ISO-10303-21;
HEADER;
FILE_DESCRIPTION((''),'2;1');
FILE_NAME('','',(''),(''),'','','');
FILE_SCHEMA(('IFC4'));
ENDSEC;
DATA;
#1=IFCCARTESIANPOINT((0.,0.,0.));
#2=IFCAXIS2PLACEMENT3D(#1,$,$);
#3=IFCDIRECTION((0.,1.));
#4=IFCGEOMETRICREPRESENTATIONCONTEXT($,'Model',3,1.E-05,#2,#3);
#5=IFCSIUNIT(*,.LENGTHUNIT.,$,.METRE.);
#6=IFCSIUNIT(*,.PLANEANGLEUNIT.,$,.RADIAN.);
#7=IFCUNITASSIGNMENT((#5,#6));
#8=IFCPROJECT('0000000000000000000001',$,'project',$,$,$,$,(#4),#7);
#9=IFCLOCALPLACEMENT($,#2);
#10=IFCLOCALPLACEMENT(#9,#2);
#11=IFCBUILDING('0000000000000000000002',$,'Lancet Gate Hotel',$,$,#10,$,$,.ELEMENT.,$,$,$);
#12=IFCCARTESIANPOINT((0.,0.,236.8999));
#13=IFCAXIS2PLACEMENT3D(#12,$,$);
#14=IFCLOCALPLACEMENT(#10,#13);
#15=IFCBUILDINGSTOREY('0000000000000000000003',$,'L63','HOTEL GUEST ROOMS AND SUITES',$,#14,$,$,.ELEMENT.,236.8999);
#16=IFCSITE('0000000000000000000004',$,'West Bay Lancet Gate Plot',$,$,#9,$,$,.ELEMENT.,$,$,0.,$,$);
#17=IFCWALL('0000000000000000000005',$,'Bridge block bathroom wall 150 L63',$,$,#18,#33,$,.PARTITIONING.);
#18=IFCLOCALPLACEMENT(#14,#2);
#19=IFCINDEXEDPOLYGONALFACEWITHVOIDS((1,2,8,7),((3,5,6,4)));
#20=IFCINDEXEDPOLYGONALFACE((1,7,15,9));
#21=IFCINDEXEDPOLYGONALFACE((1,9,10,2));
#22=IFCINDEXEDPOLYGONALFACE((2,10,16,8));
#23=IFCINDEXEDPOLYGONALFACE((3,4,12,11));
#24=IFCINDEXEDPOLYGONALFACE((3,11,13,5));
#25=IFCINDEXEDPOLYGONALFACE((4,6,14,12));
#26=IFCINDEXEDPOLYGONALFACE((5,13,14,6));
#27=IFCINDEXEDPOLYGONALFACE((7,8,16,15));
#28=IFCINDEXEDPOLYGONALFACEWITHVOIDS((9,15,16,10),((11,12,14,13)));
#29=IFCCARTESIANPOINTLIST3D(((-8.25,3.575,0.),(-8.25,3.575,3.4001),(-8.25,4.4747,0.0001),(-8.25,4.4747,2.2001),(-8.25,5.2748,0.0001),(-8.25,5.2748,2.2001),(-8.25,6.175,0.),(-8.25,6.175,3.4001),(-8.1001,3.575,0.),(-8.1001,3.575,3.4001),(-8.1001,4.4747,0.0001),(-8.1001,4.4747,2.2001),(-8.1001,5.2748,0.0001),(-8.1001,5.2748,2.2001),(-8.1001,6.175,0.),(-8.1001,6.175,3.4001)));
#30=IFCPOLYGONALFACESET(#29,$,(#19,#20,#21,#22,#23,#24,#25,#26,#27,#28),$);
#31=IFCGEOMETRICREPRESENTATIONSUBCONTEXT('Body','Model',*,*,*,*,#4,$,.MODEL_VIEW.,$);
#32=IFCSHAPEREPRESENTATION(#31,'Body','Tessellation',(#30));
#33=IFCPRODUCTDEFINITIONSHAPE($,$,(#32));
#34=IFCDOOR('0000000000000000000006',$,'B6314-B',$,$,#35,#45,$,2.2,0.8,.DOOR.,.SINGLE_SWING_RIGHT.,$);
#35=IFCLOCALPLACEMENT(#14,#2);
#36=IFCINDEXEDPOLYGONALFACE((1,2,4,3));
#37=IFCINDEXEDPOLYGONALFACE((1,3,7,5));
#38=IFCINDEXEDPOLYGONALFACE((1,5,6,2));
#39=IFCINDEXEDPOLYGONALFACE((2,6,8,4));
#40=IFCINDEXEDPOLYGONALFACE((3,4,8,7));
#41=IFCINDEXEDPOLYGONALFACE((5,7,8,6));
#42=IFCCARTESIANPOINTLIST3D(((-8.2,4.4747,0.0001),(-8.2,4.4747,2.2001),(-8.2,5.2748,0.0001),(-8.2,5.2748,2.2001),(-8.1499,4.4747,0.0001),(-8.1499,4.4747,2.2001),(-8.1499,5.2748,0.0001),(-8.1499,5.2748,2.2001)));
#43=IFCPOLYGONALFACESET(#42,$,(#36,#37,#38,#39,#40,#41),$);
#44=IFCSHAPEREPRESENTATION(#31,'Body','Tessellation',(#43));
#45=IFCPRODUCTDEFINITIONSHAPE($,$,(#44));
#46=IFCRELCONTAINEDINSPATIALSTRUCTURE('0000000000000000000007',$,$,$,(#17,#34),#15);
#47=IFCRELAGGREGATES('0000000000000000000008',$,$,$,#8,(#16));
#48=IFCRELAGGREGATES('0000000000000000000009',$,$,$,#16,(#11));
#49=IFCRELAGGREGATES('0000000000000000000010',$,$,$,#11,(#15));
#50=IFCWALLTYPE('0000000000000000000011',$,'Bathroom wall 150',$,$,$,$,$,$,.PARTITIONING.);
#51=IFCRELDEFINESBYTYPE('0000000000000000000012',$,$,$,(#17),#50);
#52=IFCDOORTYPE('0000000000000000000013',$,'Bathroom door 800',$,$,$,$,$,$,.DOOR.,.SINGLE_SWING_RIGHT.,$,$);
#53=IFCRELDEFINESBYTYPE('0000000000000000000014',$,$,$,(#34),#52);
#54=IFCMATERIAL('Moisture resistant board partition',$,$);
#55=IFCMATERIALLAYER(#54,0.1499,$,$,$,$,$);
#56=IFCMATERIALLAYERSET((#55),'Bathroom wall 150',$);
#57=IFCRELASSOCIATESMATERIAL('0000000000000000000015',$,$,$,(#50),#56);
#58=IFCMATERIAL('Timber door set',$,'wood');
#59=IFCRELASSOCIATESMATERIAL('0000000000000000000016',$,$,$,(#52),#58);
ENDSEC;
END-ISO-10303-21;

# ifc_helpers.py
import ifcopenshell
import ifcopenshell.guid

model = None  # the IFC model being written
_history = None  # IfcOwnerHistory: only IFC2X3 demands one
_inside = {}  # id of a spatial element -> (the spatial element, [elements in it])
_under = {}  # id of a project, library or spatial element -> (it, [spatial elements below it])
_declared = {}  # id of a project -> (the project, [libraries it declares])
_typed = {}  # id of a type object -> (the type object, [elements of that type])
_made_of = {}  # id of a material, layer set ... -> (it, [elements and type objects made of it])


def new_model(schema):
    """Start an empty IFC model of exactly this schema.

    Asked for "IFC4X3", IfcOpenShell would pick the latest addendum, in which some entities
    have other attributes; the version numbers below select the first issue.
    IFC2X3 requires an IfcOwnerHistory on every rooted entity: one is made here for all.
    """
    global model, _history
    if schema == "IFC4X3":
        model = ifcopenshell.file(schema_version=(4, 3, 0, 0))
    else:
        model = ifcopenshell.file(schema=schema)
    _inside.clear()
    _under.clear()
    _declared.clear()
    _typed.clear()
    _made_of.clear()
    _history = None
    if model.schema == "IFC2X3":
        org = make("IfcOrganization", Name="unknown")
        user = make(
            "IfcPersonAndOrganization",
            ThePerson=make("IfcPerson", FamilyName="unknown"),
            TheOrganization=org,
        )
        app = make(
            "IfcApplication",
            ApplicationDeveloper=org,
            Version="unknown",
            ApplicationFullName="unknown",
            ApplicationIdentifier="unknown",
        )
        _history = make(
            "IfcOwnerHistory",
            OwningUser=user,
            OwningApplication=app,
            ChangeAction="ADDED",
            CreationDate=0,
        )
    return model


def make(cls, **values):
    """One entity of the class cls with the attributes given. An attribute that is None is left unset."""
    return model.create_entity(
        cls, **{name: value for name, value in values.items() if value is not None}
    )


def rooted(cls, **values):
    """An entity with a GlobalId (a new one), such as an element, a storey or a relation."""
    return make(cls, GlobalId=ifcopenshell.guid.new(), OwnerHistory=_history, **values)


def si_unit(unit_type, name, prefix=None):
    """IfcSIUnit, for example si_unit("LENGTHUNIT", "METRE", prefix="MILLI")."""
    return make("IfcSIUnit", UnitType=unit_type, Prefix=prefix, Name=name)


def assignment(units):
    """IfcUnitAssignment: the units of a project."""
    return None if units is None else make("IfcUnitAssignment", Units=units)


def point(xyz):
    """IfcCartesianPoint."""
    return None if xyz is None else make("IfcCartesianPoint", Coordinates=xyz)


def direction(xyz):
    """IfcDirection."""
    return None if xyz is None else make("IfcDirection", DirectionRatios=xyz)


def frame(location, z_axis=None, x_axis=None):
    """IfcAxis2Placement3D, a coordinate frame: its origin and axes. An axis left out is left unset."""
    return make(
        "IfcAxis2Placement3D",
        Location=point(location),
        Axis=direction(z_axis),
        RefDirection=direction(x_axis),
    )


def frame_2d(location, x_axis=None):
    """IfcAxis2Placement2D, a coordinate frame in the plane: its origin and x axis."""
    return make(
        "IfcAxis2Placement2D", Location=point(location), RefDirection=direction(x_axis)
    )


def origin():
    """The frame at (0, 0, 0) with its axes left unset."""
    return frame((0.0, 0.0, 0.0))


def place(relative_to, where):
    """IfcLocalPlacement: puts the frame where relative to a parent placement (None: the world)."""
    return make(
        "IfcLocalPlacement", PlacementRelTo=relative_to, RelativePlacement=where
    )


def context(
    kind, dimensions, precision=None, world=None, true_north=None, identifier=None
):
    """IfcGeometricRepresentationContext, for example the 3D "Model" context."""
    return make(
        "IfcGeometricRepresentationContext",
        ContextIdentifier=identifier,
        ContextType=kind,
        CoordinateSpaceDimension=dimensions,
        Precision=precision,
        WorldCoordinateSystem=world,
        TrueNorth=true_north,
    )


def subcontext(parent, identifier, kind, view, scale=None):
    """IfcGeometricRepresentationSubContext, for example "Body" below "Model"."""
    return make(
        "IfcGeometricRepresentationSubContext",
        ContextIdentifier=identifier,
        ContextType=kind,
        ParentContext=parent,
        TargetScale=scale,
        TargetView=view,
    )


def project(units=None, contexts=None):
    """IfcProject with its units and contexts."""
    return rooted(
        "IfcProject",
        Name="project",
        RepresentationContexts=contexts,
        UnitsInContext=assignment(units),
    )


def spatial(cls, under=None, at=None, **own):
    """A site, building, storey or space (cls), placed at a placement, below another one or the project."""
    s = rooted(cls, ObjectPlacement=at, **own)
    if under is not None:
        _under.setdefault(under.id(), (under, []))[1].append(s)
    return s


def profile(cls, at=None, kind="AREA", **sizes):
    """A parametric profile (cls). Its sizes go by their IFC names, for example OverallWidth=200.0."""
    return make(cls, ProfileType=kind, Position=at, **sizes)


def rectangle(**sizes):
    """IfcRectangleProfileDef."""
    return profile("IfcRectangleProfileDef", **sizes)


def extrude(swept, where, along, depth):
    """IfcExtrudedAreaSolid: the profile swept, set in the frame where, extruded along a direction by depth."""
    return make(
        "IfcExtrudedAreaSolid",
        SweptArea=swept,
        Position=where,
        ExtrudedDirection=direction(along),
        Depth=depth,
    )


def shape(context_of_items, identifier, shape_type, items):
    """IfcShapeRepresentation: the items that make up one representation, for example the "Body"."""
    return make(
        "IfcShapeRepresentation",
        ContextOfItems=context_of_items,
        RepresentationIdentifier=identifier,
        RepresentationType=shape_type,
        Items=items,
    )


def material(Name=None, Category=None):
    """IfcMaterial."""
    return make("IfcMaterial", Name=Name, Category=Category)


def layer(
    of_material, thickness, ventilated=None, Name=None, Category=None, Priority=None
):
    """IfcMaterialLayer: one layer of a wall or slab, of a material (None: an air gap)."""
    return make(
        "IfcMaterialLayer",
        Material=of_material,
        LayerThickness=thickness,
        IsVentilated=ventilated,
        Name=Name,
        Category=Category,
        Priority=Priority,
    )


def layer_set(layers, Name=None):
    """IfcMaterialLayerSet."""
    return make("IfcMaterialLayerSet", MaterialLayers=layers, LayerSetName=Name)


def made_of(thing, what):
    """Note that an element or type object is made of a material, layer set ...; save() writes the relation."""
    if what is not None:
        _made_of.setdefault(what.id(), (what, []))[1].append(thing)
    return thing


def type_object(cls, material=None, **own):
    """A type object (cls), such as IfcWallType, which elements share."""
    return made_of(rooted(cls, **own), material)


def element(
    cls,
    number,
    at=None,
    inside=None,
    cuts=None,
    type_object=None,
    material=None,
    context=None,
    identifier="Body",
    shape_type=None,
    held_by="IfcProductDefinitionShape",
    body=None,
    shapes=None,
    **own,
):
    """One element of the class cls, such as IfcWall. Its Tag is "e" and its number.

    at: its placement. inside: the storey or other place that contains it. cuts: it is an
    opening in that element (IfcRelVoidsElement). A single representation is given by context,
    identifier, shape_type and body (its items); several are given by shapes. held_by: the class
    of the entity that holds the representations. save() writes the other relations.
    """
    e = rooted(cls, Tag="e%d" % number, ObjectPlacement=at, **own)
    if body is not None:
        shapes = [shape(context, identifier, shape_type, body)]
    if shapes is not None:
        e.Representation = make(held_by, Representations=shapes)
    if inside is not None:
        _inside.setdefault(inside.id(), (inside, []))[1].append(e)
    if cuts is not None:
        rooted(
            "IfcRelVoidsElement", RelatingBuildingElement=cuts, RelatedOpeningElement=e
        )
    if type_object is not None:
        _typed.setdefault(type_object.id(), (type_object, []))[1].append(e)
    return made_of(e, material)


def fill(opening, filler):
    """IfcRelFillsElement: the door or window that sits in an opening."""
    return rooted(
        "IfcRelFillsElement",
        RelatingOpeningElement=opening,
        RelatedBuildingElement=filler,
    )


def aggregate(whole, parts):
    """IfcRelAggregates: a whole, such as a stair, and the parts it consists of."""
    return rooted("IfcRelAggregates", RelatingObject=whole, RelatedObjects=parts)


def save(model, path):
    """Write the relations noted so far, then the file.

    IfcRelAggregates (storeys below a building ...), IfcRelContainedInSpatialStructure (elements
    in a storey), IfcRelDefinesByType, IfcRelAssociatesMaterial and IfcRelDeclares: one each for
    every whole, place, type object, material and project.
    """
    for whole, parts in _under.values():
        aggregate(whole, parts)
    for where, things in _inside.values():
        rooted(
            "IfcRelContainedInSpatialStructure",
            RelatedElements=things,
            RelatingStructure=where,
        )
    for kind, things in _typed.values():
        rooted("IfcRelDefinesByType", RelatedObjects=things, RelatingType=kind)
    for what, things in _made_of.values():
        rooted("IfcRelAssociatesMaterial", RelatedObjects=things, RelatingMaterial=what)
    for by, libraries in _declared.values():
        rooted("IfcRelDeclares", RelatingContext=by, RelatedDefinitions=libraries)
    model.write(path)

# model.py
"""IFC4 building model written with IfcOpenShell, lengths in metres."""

from ifc_helpers import new_model, si_unit, direction, frame, frame_2d, origin, place, context, subcontext, project, spatial, rectangle, extrude, material, layer, layer_set, type_object, element, fill, save


model = new_model("IFC4")

# Units and contexts
model_context = context("Model", 3, precision=1e-05, world=origin(), true_north=direction((0.0, 1.0)))
body_context = subcontext(model_context, "Body", "Model", "MODEL_VIEW")
ifc_project = project(units=[si_unit("LENGTHUNIT", "METRE"), si_unit("PLANEANGLEUNIT", "RADIAN")], contexts=[model_context])

# Site, building, storey
site_placement = place(None, origin())
site = spatial("IfcSite", under=ifc_project, at=site_placement, Name="West Bay Lancet Gate Plot", CompositionType="ELEMENT", RefElevation=0.0)
building_placement = place(site_placement, origin())
building = spatial("IfcBuilding", under=site, at=building_placement, Name="Lancet Gate Hotel", CompositionType="ELEMENT")
storey_placement = place(building_placement, frame((0.0, 0.0, 236.8999)))
storey = spatial("IfcBuildingStorey", under=building, at=storey_placement, Name="L63", Description="HOTEL GUEST ROOMS AND SUITES", CompositionType="ELEMENT", Elevation=236.8999)

# Wall, opening, door
ifc_material_1 = material(Name="Moisture resistant board partition")
ifc_layer_1 = layer(ifc_material_1, 0.1499)
ifc_layer_set_1 = layer_set([ifc_layer_1], Name="Bathroom wall 150")
wall_type = type_object("IfcWallType", Name="Bathroom wall 150", PredefinedType="PARTITIONING", material=ifc_layer_set_1)
wall_placement = place(storey_placement, frame((-8.175, 3.575, 0.0), z_axis=(0.0, 0.0, 1.0), x_axis=(0.0, 1.0, 0.0)))
wall = element("IfcWall", 1, at=wall_placement, inside=storey, type_object=wall_type, Name="Bridge block bathroom wall 150 L63", PredefinedType="PARTITIONING", context=body_context, shape_type="SweptSolid", body=[
    extrude(rectangle(XDim=2.6001, YDim=0.1499, at=frame_2d((1.3, 0.0))), origin(), (0.0, 0.0, 1.0), 3.4001),
])
opening_placement = place(wall_placement, frame((0.8999, 0.0, 0.0)))
opening = element("IfcOpeningElement", 2, at=opening_placement, cuts=wall, PredefinedType="OPENING", context=body_context, shape_type="SweptSolid", body=[
    extrude(rectangle(XDim=0.8, YDim=2.2, at=frame_2d((0.3999, 1.1001))), frame((0.0, 0.085, 0.0), z_axis=(0.0, -1.0, 0.0), x_axis=(1.0, 0.0, 0.0)), (0.0, 0.0, 1.0), 0.1699),
])
ifc_material_2 = material(Name="Timber door set", Category="wood")
door_type = type_object("IfcDoorType", Name="Bathroom door 800", OperationType="SINGLE_SWING_RIGHT", PredefinedType="DOOR", material=ifc_material_2)
door_placement = place(opening_placement, origin())
door = element("IfcDoor", 3, at=door_placement, inside=storey, type_object=door_type, Name="B6314-B", OperationType="SINGLE_SWING_RIGHT", OverallHeight=2.2, OverallWidth=0.8, PredefinedType="DOOR", context=body_context, shape_type="SweptSolid", body=[
    extrude(rectangle(XDim=0.8, YDim=2.2, at=frame_2d((0.3999, 1.1001))), frame((0.0, 0.0249, 0.0), z_axis=(0.0, -1.0, 0.0), x_axis=(1.0, 0.0, 0.0)), (0.0, 0.0, 1.0), 0.05),
])
fill(opening, door)

save(model, "model.ifc")
